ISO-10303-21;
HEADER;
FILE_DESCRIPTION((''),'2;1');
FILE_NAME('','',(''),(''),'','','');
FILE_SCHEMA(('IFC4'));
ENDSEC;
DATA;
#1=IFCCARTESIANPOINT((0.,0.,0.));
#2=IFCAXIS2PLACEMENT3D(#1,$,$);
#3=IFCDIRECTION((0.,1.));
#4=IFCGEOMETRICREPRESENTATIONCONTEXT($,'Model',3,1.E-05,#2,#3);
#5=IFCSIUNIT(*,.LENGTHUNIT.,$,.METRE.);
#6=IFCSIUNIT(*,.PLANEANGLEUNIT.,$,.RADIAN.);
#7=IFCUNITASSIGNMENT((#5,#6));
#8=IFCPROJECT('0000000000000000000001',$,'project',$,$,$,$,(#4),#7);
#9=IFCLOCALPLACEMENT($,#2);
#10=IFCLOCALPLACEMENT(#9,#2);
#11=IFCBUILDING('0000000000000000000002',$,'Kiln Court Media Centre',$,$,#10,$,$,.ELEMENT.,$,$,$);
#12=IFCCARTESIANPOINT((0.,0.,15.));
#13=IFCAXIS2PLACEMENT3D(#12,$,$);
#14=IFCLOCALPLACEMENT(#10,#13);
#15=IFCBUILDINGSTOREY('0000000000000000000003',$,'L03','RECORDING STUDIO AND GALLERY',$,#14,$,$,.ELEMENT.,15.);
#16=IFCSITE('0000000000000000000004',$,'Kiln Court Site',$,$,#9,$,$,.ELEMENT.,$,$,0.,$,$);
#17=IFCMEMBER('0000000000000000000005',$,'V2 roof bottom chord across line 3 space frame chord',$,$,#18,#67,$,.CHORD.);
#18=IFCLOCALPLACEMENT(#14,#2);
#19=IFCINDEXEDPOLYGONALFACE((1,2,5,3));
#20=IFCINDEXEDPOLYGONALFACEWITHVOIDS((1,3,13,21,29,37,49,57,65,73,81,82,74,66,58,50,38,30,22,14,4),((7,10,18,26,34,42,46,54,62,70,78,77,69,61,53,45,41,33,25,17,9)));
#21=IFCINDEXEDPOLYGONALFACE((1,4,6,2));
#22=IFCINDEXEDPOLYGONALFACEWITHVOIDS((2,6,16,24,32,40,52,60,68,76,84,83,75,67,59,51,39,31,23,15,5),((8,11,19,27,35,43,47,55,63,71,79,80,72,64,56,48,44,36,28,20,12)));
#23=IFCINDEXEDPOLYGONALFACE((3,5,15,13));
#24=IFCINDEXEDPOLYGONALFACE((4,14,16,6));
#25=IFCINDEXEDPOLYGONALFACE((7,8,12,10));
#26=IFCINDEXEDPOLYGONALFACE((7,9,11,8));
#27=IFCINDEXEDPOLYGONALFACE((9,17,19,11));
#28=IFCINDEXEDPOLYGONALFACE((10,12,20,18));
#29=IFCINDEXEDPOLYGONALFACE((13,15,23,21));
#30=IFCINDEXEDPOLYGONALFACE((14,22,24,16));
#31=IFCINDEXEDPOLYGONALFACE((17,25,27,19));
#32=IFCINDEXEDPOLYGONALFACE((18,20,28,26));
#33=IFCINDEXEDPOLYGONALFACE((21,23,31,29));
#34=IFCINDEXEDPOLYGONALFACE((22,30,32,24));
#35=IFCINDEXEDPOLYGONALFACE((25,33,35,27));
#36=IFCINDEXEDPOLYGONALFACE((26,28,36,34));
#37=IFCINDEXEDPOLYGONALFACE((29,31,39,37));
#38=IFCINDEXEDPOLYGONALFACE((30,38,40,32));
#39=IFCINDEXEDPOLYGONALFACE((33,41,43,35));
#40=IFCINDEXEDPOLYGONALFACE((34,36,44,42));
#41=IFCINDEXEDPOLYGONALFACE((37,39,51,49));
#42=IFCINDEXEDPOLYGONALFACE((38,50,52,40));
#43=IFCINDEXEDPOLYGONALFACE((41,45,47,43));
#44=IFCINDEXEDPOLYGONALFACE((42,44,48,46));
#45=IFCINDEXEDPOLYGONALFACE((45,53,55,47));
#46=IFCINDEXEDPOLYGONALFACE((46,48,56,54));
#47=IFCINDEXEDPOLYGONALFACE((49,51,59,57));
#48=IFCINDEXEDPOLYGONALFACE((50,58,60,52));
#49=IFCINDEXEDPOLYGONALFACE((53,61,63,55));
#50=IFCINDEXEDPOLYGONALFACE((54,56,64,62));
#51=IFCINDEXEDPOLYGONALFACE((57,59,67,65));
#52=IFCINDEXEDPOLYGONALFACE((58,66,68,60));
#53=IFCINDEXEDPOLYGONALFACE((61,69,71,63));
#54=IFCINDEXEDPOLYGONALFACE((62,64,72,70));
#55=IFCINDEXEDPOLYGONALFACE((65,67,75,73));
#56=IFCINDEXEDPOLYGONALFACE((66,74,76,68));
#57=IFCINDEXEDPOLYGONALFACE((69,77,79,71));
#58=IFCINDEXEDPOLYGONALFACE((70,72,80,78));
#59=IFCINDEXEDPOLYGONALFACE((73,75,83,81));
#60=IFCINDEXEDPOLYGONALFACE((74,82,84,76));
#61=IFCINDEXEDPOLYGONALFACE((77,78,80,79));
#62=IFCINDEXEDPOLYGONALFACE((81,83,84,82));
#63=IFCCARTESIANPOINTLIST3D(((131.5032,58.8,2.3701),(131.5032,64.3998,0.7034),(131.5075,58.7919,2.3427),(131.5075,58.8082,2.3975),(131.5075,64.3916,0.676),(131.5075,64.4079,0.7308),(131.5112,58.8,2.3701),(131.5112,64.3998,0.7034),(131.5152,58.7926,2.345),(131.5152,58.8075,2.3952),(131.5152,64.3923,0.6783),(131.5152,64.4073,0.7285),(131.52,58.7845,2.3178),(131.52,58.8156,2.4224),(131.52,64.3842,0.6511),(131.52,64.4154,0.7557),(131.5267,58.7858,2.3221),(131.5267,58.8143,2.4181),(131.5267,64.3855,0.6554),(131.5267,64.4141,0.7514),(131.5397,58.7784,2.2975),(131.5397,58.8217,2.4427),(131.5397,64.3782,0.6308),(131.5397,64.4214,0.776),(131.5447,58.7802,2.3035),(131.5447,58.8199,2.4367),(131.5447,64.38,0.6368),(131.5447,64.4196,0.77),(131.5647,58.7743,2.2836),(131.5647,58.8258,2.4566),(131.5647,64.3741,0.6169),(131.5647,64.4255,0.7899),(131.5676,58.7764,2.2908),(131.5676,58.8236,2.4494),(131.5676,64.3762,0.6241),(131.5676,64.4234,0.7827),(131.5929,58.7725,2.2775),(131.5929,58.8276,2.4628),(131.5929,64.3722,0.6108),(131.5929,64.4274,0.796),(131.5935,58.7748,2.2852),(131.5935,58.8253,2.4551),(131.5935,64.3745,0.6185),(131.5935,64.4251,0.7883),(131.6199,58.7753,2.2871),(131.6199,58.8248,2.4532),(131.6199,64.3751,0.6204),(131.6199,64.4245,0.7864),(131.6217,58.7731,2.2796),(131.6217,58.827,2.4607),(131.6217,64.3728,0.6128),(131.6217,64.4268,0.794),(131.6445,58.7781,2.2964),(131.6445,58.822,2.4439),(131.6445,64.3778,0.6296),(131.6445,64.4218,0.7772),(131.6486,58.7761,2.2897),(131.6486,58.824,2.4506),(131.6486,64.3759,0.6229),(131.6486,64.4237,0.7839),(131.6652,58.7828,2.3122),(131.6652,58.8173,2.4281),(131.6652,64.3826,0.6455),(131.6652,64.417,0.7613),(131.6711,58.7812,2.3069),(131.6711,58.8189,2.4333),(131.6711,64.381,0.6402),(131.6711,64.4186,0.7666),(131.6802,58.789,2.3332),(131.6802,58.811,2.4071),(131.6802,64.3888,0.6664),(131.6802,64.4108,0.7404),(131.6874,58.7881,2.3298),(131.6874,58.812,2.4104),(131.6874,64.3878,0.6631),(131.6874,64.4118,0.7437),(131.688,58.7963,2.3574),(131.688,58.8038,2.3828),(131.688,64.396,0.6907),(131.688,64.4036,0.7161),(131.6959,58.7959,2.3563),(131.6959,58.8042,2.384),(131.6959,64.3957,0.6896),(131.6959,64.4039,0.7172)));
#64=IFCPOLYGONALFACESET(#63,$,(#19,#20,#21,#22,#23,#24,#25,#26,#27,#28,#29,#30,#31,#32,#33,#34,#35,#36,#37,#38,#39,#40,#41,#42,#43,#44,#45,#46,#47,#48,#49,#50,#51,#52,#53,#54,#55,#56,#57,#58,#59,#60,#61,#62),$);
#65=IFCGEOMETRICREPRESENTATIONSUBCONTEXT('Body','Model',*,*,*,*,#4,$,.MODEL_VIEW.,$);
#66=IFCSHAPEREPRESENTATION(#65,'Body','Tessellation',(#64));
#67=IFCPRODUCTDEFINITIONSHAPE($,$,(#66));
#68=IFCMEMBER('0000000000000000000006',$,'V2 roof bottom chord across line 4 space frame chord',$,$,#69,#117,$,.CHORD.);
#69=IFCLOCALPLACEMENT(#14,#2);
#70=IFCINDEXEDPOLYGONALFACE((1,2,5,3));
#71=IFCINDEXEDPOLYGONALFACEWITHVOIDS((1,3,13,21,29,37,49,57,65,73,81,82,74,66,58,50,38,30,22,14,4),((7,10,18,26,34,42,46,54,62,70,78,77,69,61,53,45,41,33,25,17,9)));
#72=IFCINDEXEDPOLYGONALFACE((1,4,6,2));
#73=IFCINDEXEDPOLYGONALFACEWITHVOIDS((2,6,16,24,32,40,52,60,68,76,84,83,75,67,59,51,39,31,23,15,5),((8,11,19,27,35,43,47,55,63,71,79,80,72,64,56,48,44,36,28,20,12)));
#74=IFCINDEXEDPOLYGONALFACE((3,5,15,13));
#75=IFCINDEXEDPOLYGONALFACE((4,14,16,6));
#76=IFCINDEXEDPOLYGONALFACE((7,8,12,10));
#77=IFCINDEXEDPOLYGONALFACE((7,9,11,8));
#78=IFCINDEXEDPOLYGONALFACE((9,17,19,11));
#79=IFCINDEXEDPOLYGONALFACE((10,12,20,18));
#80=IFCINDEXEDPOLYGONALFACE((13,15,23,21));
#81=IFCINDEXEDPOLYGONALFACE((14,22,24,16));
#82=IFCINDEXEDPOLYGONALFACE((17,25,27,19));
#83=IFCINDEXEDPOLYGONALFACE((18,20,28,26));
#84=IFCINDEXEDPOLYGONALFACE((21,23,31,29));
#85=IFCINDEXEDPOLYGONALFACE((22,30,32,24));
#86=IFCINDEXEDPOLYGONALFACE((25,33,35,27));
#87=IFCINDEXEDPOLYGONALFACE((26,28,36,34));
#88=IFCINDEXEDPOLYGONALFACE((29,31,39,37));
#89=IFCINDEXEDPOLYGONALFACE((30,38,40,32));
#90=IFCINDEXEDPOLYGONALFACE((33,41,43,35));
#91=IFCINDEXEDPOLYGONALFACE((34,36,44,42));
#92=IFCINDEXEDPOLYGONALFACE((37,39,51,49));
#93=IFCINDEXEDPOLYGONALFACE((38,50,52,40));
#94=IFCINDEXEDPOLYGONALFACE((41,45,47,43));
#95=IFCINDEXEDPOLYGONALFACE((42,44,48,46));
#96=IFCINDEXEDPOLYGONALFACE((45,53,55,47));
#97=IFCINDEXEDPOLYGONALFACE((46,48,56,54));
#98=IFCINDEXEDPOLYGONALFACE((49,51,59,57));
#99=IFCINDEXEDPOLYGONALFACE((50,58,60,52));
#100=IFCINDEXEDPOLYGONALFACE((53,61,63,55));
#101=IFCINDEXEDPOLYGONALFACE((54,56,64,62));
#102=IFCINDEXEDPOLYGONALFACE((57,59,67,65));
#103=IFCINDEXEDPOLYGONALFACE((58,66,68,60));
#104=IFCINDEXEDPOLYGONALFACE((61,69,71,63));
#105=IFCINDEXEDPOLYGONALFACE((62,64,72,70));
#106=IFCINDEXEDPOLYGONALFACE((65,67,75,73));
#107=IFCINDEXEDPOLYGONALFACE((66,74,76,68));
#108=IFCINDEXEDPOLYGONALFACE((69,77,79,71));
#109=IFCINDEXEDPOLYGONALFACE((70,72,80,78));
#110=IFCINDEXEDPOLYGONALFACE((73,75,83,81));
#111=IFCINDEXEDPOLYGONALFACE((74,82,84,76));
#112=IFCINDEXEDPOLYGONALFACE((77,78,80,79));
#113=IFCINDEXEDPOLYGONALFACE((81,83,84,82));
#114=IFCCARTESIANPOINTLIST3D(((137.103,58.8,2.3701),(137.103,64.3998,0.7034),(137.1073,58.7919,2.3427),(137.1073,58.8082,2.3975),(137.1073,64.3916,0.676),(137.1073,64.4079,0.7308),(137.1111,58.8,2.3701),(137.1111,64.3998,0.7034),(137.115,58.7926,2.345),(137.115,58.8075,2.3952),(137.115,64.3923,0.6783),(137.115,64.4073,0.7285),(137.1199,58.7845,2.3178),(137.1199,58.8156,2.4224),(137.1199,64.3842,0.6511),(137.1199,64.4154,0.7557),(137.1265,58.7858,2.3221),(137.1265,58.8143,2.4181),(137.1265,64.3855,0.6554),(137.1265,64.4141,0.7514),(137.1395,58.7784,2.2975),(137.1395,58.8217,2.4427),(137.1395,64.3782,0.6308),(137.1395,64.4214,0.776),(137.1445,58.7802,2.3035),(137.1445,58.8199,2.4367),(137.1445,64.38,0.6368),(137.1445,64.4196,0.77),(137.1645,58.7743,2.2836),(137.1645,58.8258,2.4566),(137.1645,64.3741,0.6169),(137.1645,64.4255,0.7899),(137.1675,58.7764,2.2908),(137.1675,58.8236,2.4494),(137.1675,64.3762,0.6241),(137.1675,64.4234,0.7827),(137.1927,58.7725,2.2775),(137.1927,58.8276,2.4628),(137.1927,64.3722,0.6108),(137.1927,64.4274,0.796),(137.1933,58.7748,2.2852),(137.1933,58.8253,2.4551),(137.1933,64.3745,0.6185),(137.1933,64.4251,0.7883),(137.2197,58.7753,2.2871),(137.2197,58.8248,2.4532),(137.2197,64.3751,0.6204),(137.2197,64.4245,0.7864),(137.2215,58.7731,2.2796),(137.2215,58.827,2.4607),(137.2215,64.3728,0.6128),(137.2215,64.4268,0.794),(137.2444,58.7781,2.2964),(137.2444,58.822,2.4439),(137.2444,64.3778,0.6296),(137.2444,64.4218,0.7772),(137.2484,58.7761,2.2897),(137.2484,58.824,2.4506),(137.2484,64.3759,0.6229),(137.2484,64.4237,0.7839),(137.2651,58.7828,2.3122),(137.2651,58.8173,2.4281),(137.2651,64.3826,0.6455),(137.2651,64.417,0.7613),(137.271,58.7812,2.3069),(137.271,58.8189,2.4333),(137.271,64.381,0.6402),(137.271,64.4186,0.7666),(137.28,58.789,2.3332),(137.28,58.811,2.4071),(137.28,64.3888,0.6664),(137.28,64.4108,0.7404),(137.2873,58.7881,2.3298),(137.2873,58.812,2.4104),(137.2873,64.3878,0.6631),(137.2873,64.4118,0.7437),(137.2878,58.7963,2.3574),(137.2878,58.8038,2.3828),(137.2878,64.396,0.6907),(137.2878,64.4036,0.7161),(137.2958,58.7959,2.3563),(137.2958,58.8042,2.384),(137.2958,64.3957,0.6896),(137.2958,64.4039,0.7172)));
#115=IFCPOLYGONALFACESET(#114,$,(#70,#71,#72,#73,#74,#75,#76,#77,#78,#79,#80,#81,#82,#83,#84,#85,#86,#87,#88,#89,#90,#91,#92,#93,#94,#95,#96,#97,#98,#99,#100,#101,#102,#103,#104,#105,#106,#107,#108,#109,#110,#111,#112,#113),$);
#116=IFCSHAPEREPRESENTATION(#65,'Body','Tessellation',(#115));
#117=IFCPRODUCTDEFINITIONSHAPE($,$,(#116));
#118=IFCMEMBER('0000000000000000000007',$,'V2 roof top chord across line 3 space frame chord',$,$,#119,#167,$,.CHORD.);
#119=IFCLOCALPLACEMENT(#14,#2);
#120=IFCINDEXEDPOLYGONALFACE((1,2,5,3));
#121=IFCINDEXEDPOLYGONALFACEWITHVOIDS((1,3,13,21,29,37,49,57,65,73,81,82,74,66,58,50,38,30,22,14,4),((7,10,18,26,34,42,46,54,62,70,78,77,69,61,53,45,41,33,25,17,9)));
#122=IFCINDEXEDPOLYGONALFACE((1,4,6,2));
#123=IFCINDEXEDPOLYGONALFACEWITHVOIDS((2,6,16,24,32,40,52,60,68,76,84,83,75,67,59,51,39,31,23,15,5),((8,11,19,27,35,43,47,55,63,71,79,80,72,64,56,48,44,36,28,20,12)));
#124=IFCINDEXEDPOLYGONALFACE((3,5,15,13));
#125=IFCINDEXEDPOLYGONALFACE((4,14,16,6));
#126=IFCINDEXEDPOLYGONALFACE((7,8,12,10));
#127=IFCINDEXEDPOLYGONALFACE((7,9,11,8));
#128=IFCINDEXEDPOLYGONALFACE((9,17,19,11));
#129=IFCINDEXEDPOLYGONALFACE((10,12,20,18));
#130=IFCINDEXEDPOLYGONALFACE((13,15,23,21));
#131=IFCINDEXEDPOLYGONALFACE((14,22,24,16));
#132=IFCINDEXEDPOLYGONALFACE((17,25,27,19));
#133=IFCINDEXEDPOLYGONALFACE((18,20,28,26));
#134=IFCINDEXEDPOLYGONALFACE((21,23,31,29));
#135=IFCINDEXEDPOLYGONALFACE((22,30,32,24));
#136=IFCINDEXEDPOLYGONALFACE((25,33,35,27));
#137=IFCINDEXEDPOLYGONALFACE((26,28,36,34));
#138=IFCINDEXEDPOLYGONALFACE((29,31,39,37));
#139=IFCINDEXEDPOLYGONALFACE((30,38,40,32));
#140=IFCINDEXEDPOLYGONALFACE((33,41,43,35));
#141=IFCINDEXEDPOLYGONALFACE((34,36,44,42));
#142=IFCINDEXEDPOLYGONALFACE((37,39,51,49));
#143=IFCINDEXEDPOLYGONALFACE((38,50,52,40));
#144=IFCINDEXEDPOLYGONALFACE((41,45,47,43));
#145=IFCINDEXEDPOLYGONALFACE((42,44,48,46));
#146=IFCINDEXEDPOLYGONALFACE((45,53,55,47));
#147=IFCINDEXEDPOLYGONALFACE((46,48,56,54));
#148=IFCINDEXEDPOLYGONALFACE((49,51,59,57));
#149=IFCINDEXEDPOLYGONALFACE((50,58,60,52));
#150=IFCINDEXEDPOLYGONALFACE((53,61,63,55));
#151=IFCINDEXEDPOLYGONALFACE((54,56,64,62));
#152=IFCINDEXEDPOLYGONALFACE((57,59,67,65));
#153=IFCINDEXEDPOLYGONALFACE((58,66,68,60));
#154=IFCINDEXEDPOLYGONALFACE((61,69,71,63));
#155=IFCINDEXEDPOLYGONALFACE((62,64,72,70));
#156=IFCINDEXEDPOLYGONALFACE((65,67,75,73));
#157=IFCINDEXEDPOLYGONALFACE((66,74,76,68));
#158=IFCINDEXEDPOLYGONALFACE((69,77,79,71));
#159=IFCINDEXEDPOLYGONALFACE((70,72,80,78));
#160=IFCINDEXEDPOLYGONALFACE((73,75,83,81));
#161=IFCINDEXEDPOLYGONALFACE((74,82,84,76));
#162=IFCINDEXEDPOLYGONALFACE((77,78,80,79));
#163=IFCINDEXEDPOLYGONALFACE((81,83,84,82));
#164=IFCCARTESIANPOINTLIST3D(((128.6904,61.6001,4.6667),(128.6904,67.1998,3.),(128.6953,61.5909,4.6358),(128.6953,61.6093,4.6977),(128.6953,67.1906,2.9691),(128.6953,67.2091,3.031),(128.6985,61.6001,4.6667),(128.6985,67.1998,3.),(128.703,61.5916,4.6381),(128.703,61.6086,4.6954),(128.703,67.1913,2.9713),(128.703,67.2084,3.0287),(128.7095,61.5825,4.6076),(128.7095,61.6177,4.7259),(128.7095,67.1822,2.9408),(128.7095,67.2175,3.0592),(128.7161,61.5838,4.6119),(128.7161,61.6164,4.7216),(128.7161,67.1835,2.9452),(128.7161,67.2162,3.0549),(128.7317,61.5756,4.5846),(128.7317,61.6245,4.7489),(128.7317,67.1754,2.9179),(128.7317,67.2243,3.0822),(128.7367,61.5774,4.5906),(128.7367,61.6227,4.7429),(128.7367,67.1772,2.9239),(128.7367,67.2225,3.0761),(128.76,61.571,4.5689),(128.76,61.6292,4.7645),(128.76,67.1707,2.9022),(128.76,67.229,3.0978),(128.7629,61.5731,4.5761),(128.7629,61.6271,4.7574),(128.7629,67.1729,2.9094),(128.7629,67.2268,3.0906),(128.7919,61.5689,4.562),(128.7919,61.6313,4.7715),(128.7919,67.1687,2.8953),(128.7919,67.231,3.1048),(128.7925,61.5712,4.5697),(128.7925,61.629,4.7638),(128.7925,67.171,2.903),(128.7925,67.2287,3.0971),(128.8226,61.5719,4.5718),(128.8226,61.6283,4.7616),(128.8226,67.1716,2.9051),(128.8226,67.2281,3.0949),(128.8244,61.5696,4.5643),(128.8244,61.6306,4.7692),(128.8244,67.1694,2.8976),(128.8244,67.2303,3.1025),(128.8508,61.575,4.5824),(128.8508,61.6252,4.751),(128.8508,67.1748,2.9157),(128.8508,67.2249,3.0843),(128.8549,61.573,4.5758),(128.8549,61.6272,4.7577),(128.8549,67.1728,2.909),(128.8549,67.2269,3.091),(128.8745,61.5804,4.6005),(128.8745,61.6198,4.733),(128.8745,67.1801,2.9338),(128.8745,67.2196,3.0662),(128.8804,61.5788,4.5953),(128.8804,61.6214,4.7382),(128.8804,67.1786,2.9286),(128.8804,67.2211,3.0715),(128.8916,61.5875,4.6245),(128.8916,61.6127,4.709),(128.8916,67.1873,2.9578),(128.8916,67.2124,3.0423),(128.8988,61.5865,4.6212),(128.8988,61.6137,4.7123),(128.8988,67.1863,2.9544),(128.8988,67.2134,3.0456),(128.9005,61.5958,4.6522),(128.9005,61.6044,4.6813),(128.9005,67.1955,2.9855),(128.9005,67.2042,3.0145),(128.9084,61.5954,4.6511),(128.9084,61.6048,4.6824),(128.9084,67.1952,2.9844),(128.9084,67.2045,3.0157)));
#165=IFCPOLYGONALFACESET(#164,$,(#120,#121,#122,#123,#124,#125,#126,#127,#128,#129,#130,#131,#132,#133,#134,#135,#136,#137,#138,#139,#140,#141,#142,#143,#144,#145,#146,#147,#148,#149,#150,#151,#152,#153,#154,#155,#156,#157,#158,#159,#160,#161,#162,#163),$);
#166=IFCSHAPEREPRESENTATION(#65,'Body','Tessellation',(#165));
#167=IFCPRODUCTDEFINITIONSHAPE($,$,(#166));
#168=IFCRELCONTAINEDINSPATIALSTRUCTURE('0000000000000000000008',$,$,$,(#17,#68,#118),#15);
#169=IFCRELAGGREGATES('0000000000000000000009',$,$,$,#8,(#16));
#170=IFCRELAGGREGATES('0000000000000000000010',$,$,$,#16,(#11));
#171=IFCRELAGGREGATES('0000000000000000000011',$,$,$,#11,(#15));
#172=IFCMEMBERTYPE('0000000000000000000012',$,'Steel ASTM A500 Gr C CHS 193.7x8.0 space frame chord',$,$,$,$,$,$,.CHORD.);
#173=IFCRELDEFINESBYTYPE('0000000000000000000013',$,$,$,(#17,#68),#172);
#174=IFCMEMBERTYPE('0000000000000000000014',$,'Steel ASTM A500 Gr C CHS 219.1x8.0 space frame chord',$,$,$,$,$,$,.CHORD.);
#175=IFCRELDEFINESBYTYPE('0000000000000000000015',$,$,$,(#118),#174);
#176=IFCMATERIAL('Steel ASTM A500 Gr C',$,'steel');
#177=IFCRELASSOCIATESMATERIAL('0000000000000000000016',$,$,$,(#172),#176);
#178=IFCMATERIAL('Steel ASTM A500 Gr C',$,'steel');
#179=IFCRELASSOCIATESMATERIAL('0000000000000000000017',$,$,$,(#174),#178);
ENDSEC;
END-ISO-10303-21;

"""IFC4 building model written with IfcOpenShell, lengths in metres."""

from ifc_helpers import new_model, si_unit, direction, frame, origin, origin_2d, place, context, subcontext, project, spatial, hollow_circle, extrude, material, material_profile, profile_set, type_object, element, save


model = new_model("IFC4")

# Units and contexts
model_context = context("Model", 3, precision=1e-05, world=origin(), true_north=direction((0.0, 1.0)))
body_context = subcontext(model_context, "Body", "Model", "MODEL_VIEW")
ifc_project = project(units=[si_unit("LENGTHUNIT", "METRE"), si_unit("PLANEANGLEUNIT", "RADIAN")], contexts=[model_context])

# Site, building, storey
site_placement = place(None, origin())
site = spatial("IfcSite", under=ifc_project, at=site_placement, Name="Kiln Court Site", CompositionType="ELEMENT", RefElevation=0.0)
building_placement = place(site_placement, origin())
building = spatial("IfcBuilding", under=site, at=building_placement, Name="Kiln Court Media Centre", CompositionType="ELEMENT")
storey_placement = place(building_placement, frame((0.0, 0.0, 15.0)))
storey = spatial("IfcBuildingStorey", under=building, at=storey_placement, Name="L03", Description="RECORDING STUDIO AND GALLERY", CompositionType="ELEMENT", Elevation=15.0)

# Members
ifc_material_1 = material(Name="Steel ASTM A500 Gr C", Category="steel")
ifc_material_profile_1 = material_profile(ifc_material_1, hollow_circle(Radius=0.0969, WallThickness=0.0081, at=origin_2d()), Name="CHS 193.7x8.0")
ifc_profile_set_1 = profile_set([ifc_material_profile_1], Name="Steel ASTM A500 Gr C")
member_type_1 = type_object("IfcMemberType", Name="Steel ASTM A500 Gr C CHS 193.7x8.0 space frame chord", PredefinedType="CHORD", material=ifc_profile_set_1)
for number, where, z_axis, x_axis, name in (
    (1, (131.6001, 58.8, 2.3701), (0.0, 0.958446, -0.285273), (-1.0, 0.0, 0.0), "V2 roof bottom chord across line 3 space frame chord"),
    (2, (137.2, 58.8, 2.3701), (0.0, 0.958446, -0.285273), (-1.0, 0.0, 0.0), "V2 roof bottom chord across line 4 space frame chord"),
):
    element("IfcMember", number, at=place(storey_placement, frame(where, z_axis=z_axis, x_axis=x_axis)), inside=storey, type_object=member_type_1, Name=name, PredefinedType="CHORD", context=body_context, shape_type="SweptSolid", body=[
        extrude(hollow_circle(Radius=0.0969, WallThickness=0.0081, at=origin_2d()), origin(), (0.0, 0.0, 1.0), 5.8425),
    ])
ifc_material_2 = material(Name="Steel ASTM A500 Gr C", Category="steel")
ifc_material_profile_2 = material_profile(ifc_material_2, hollow_circle(Radius=0.1096, WallThickness=0.0081, at=origin_2d()), Name="CHS 219.1x8.0")
ifc_profile_set_2 = profile_set([ifc_material_profile_2], Name="Steel ASTM A500 Gr C")
member_type_2 = type_object("IfcMemberType", Name="Steel ASTM A500 Gr C CHS 219.1x8.0 space frame chord", PredefinedType="CHORD", material=ifc_profile_set_2)
for number, where, z_axis, x_axis, name in (
    (3, (128.8, 61.6001, 4.6667), (0.0, 0.958446, -0.285273), (-1.0, 0.0, 0.0), "V2 roof top chord across line 3 space frame chord"),
):
    element("IfcMember", number, at=place(storey_placement, frame(where, z_axis=z_axis, x_axis=x_axis)), inside=storey, type_object=member_type_2, Name=name, PredefinedType="CHORD", context=body_context, shape_type="SweptSolid", body=[
        extrude(hollow_circle(Radius=0.1096, WallThickness=0.0081, at=origin_2d()), origin(), (0.0, 0.0, 1.0), 5.8425),
    ])

save(model, "model.ifc")
